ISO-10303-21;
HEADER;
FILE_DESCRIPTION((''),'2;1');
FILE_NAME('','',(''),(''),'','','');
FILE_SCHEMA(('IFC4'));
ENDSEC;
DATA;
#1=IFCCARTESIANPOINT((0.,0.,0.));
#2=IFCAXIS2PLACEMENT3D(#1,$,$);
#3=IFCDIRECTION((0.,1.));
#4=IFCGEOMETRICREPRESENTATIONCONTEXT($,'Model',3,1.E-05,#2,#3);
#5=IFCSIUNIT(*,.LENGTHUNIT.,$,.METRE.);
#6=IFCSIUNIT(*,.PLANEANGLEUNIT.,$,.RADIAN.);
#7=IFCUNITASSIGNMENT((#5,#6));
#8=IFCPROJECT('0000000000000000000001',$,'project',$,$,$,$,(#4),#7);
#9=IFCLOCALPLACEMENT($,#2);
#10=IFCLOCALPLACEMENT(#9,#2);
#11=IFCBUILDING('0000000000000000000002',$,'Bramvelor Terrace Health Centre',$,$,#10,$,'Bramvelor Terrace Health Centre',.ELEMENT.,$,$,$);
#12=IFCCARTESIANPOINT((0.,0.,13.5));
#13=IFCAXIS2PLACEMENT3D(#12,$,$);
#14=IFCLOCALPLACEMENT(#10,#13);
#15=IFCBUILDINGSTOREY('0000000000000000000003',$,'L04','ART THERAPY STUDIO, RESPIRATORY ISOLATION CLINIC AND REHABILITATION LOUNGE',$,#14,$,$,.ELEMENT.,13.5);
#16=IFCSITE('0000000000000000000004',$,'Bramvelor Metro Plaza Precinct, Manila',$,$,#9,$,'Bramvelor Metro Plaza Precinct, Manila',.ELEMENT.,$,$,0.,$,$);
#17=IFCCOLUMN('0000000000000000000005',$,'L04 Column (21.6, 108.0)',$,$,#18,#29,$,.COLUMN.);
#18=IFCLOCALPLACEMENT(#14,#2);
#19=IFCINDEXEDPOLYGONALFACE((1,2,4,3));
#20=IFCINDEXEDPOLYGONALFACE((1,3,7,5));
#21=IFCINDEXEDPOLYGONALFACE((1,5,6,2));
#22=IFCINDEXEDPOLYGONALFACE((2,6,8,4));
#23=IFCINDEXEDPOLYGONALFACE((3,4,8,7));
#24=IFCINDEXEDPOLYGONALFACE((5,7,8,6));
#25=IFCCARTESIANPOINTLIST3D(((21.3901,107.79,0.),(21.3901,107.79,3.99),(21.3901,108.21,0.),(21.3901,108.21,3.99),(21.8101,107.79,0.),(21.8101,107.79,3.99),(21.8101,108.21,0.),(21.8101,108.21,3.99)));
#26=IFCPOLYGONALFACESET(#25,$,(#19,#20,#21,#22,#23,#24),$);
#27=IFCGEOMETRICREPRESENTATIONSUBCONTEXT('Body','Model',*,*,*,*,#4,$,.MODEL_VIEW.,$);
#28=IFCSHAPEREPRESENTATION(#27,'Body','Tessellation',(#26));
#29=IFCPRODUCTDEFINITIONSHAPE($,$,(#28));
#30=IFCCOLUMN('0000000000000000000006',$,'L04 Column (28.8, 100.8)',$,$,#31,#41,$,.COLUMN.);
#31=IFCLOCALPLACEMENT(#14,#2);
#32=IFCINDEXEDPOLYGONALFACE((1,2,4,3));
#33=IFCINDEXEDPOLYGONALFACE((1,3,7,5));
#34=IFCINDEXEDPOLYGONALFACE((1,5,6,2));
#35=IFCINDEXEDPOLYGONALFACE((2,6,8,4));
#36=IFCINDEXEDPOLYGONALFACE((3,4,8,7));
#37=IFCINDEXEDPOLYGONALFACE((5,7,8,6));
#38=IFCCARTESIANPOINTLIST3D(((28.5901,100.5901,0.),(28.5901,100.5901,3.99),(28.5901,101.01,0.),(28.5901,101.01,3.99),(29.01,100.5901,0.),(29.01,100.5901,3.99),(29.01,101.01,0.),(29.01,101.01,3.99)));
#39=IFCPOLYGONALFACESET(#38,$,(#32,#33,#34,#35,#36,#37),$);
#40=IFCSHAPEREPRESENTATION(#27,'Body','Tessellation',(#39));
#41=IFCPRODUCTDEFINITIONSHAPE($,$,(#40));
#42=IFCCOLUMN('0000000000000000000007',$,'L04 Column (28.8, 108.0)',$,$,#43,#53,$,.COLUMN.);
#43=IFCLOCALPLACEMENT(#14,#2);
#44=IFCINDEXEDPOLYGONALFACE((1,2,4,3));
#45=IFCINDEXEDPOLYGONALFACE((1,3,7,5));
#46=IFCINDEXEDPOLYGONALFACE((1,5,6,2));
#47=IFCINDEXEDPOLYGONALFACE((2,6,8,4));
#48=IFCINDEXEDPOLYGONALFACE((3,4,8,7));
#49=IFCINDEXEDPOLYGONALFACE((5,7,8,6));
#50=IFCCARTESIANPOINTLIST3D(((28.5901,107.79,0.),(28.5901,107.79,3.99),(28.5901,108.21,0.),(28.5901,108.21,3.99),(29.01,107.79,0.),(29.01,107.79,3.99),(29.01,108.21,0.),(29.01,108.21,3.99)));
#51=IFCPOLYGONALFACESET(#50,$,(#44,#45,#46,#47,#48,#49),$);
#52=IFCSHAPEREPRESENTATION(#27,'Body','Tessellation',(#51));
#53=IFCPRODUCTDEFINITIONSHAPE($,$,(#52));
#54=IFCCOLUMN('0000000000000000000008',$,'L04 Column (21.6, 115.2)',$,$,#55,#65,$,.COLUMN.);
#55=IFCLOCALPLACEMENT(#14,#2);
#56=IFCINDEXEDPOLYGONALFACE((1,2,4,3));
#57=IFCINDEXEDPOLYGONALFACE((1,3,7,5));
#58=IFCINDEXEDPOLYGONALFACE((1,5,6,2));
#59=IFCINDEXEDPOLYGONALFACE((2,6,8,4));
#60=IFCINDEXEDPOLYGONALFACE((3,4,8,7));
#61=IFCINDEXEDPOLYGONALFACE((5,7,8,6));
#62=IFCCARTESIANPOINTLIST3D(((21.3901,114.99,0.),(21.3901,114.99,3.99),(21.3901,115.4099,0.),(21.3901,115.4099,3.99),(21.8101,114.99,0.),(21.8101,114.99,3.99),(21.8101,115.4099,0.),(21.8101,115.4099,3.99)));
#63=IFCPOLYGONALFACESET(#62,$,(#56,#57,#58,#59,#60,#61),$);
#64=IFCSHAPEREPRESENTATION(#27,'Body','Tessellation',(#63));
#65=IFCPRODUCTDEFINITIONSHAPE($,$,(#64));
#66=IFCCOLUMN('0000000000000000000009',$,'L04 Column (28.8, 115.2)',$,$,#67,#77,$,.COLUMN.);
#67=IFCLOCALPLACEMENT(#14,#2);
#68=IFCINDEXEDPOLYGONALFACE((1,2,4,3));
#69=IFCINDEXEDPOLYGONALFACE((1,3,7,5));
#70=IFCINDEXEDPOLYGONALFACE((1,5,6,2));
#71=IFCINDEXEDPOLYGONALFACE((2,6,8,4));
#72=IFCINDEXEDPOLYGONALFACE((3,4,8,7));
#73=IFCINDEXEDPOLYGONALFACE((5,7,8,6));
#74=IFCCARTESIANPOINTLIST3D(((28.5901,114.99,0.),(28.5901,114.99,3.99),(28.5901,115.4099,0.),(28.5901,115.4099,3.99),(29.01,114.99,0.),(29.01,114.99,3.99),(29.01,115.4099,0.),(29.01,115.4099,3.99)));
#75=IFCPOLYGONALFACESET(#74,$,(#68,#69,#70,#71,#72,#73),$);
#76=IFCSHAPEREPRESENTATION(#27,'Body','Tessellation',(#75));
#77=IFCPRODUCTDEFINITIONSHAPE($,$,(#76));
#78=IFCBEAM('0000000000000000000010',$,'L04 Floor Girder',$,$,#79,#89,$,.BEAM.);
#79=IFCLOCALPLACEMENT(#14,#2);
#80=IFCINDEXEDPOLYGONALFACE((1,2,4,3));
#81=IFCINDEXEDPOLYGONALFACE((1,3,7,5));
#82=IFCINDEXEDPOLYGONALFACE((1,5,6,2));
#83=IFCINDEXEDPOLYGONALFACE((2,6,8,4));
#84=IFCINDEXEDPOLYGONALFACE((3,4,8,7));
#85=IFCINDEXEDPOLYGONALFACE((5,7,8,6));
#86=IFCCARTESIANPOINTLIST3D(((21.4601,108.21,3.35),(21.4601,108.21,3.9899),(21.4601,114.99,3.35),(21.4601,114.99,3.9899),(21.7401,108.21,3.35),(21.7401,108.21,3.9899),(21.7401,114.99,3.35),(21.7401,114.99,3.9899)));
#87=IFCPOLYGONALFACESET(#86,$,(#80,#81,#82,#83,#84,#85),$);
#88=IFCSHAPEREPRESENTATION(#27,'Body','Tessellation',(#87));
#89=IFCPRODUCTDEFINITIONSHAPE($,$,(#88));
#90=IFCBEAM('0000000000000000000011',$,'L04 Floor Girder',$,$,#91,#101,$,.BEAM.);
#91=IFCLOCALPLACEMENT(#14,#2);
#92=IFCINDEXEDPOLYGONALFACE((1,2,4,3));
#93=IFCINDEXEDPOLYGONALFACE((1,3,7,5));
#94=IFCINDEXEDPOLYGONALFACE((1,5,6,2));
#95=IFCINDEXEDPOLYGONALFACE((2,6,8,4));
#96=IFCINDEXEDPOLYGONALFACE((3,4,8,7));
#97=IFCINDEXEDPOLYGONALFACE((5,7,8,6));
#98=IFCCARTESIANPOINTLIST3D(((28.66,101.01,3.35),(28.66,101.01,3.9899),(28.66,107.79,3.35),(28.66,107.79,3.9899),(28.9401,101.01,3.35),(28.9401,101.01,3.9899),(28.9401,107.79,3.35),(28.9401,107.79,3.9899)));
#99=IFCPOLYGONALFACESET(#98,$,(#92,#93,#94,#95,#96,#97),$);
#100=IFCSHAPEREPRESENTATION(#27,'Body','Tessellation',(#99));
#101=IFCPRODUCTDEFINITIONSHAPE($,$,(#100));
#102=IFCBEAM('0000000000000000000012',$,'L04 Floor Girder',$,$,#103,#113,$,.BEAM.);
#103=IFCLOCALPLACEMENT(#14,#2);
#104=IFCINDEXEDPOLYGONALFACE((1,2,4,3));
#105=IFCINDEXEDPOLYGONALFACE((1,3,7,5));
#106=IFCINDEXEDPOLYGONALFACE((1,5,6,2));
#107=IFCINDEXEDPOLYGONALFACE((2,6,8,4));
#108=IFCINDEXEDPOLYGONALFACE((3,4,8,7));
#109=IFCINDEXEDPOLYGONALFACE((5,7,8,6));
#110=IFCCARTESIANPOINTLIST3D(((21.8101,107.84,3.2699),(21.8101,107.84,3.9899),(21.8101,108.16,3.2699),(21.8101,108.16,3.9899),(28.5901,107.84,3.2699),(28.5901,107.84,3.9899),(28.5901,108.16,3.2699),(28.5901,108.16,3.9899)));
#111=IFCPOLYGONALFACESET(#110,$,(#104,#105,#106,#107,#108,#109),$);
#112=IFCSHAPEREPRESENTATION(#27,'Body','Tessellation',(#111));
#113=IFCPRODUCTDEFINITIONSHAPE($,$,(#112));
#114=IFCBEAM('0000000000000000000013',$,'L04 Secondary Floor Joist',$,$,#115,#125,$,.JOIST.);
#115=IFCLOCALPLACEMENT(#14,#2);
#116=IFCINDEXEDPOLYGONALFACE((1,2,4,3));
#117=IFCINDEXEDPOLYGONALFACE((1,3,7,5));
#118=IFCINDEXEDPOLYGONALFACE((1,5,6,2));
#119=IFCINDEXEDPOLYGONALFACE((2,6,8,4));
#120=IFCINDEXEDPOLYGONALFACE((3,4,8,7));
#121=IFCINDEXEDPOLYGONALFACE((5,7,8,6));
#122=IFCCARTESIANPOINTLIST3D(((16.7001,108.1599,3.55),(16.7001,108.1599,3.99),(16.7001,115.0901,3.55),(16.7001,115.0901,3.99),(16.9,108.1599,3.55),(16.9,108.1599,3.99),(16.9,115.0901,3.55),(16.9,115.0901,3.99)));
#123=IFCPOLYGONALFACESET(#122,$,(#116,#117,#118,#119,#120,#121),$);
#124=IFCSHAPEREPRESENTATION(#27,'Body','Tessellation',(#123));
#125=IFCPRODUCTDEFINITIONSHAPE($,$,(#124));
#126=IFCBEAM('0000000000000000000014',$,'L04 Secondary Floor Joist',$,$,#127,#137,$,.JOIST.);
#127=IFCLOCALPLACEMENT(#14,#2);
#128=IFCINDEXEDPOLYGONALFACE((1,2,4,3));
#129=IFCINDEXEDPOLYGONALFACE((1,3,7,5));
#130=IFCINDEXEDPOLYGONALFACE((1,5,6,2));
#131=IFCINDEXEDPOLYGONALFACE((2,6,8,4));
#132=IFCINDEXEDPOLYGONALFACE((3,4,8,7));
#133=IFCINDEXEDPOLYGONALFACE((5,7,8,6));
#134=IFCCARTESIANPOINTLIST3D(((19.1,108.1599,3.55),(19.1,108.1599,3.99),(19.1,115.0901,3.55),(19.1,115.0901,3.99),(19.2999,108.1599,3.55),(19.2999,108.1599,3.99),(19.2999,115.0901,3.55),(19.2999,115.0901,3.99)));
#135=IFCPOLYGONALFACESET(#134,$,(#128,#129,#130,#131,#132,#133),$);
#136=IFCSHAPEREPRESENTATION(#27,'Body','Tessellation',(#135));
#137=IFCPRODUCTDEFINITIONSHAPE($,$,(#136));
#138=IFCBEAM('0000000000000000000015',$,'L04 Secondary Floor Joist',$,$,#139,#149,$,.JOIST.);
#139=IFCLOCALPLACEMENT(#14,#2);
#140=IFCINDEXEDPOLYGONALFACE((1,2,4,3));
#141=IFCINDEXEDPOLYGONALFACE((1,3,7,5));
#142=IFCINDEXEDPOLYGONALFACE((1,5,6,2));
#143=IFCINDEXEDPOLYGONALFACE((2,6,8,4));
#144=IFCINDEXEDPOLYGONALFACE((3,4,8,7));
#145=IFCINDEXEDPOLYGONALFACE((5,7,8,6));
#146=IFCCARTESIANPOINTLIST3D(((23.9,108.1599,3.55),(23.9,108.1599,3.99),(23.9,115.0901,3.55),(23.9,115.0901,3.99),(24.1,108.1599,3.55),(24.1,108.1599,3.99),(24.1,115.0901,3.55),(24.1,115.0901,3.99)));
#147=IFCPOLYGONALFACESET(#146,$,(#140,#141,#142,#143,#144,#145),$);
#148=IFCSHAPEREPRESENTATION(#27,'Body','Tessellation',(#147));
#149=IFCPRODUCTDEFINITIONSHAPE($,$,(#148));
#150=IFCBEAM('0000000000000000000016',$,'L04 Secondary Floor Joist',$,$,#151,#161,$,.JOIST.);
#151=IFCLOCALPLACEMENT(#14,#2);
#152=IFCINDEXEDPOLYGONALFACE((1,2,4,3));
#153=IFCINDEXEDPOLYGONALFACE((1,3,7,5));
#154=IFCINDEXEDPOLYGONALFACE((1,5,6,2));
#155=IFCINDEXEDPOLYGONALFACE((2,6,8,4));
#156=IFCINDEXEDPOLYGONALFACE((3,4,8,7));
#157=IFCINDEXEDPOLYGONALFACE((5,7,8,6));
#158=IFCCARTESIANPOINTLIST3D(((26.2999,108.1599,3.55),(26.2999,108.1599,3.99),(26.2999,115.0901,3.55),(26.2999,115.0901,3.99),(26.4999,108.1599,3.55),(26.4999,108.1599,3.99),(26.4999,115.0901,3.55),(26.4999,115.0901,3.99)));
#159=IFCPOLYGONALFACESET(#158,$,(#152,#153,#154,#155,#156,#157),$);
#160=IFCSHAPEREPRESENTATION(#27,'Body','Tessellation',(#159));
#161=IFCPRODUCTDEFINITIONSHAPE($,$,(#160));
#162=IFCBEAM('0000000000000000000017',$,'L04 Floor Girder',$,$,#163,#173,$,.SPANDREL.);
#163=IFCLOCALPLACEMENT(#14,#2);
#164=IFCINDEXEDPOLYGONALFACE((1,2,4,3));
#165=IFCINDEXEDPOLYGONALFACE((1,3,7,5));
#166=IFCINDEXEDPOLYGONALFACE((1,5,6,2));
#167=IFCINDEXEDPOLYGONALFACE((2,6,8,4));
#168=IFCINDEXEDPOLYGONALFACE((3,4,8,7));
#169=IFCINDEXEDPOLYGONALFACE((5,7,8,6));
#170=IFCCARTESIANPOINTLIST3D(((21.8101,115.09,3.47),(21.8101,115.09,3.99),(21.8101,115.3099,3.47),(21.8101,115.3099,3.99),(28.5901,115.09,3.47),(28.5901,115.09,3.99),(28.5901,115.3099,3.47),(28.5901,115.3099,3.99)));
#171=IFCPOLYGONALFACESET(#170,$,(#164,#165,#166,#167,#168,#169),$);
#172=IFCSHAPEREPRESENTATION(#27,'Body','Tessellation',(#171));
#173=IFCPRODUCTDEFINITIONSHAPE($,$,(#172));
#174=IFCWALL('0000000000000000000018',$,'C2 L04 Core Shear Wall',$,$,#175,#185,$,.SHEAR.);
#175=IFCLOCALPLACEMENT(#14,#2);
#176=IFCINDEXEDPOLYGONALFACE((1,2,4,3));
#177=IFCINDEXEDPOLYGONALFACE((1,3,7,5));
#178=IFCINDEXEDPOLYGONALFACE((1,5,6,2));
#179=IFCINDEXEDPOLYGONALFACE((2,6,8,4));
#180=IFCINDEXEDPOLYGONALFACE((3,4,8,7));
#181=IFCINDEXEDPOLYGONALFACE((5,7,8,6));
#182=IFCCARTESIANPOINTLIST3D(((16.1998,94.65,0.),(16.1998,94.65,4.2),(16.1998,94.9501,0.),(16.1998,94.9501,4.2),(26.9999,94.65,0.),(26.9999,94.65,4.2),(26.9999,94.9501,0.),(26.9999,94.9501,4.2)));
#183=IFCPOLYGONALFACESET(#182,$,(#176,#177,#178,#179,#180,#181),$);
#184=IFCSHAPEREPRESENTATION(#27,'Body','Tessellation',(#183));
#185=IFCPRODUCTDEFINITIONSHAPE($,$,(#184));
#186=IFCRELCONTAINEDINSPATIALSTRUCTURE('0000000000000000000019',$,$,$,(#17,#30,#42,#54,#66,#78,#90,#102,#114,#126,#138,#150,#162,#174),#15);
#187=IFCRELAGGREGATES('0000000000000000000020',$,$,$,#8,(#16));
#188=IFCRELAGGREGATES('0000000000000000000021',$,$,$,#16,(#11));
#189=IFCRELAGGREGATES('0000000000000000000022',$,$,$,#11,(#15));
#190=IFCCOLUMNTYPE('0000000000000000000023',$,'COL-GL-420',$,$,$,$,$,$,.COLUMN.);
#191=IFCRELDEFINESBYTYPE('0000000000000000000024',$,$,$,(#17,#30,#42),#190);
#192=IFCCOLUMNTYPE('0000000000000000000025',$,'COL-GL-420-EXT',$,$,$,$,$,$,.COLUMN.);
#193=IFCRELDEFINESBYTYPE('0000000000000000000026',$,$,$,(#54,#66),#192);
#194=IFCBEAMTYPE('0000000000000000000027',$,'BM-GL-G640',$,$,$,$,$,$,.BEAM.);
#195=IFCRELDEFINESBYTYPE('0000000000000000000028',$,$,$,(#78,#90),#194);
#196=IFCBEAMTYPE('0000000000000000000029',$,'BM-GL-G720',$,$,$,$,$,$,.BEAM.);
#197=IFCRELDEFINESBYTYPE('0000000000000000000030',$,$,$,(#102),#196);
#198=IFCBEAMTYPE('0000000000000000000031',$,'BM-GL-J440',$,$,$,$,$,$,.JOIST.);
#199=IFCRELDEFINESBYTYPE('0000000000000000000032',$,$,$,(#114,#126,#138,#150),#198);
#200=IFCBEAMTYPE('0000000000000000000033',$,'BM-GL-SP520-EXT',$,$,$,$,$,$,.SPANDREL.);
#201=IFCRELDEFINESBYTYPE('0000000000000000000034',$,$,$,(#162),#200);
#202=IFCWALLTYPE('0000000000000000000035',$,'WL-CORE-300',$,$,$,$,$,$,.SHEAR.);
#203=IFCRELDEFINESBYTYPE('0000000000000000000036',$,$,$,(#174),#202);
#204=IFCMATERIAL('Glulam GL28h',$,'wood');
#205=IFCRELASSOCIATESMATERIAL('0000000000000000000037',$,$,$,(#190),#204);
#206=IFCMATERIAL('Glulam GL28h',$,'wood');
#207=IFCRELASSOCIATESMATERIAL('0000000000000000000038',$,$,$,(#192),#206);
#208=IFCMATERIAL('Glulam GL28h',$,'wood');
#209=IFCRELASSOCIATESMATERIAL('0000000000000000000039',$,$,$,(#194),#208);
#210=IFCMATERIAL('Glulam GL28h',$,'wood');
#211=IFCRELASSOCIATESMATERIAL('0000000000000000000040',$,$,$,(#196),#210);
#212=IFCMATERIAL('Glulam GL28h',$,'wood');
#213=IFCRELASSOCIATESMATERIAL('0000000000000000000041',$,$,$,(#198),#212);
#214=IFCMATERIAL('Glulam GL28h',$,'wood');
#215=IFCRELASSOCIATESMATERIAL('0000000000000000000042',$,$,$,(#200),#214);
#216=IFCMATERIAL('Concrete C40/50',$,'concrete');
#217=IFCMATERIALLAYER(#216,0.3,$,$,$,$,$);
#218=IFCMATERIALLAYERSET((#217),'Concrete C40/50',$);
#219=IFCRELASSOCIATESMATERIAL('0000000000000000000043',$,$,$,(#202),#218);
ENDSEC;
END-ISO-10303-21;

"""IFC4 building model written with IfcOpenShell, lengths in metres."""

from ifc_helpers import new_model, si_unit, direction, frame, frame_2d, origin, origin_2d, place, context, subcontext, project, spatial, rectangle, extrude, material, layer, layer_set, material_profile, profile_set, type_object, element, save


model = new_model("IFC4")

# Units and contexts
model_context = context("Model", 3, precision=1e-05, world=origin(), true_north=direction((0.0, 1.0)))
body_context = subcontext(model_context, "Body", "Model", "MODEL_VIEW")
ifc_project = project(units=[si_unit("LENGTHUNIT", "METRE"), si_unit("PLANEANGLEUNIT", "RADIAN")], contexts=[model_context])

# Site, building, storey
site_placement = place(None, origin())
site = spatial("IfcSite", under=ifc_project, at=site_placement, Name="Bramvelor Metro Plaza Precinct, Manila", LongName="Bramvelor Metro Plaza Precinct, Manila", CompositionType="ELEMENT", RefElevation=0.0)
building_placement = place(site_placement, origin())
building = spatial("IfcBuilding", under=site, at=building_placement, Name="Bramvelor Terrace Health Centre", LongName="Bramvelor Terrace Health Centre", CompositionType="ELEMENT")
storey_placement = place(building_placement, frame((0.0, 0.0, 13.5)))
storey = spatial("IfcBuildingStorey", under=building, at=storey_placement, Name="L04", Description="ART THERAPY STUDIO, RESPIRATORY ISOLATION CLINIC AND REHABILITATION LOUNGE", CompositionType="ELEMENT", Elevation=13.5)

# Columns
ifc_material_1 = material(Name="Glulam GL28h", Category="wood")
ifc_material_profile_1 = material_profile(ifc_material_1, rectangle(XDim=0.4199, YDim=0.4199, at=origin_2d()), Name="GL 420x420")
ifc_profile_set_1 = profile_set([ifc_material_profile_1], Name="Glulam GL28h")
column_type_1 = type_object("IfcColumnType", Name="COL-GL-420", PredefinedType="COLUMN", material=ifc_profile_set_1)
for number, where, z_axis, x_axis, name in (
    (1, (21.6001, 108.0, 0.0), (0.0, 0.0, 1.0), (1.0, 0.0, 0.0), "L04 Column (21.6, 108.0)"),
    (2, (28.8, 100.8, 0.0), (0.0, 0.0, 1.0), (1.0, 0.0, 0.0), "L04 Column (28.8, 100.8)"),
    (3, (28.8, 108.0, 0.0), (0.0, 0.0, 1.0), (1.0, 0.0, 0.0), "L04 Column (28.8, 108.0)"),
):
    element("IfcColumn", number, at=place(storey_placement, frame(where, z_axis=z_axis, x_axis=x_axis)), inside=storey, type_object=column_type_1, Name=name, PredefinedType="COLUMN", context=body_context, shape_type="SweptSolid", body=[
        extrude(rectangle(XDim=0.4199, YDim=0.4199, at=origin_2d()), origin(), (0.0, 0.0, 1.0), 3.99),
    ])
ifc_material_2 = material(Name="Glulam GL28h", Category="wood")
ifc_material_profile_2 = material_profile(ifc_material_2, rectangle(XDim=0.4199, YDim=0.4199, at=origin_2d()), Name="GL 420x420")
ifc_profile_set_2 = profile_set([ifc_material_profile_2], Name="Glulam GL28h")
column_type_2 = type_object("IfcColumnType", Name="COL-GL-420-EXT", PredefinedType="COLUMN", material=ifc_profile_set_2)
for number, where, z_axis, x_axis, name in (
    (4, (21.6001, 115.2, 0.0), (0.0, 0.0, 1.0), (1.0, 0.0, 0.0), "L04 Column (21.6, 115.2)"),
    (5, (28.8, 115.2, 0.0), (0.0, 0.0, 1.0), (1.0, 0.0, 0.0), "L04 Column (28.8, 115.2)"),
):
    element("IfcColumn", number, at=place(storey_placement, frame(where, z_axis=z_axis, x_axis=x_axis)), inside=storey, type_object=column_type_2, Name=name, PredefinedType="COLUMN", context=body_context, shape_type="SweptSolid", body=[
        extrude(rectangle(XDim=0.4199, YDim=0.4199, at=origin_2d()), origin(), (0.0, 0.0, 1.0), 3.99),
    ])

# Beams
ifc_material_3 = material(Name="Glulam GL28h", Category="wood")
ifc_material_profile_3 = material_profile(ifc_material_3, rectangle(XDim=0.28, YDim=0.6399, at=origin_2d()), Name="GL 280x640")
ifc_profile_set_3 = profile_set([ifc_material_profile_3], Name="Glulam GL28h")
beam_type_1 = type_object("IfcBeamType", Name="BM-GL-G640", PredefinedType="BEAM", material=ifc_profile_set_3)
for number, where, z_axis, x_axis, name in (
    (6, (21.6001, 108.21, 3.6699), (0.0, 1.0, 0.0), (-1.0, 0.0, 0.0), "L04 Floor Girder"),
    (7, (28.8, 101.01, 3.6699), (0.0, 1.0, 0.0), (-1.0, 0.0, 0.0), "L04 Floor Girder"),
):
    element("IfcBeam", number, at=place(storey_placement, frame(where, z_axis=z_axis, x_axis=x_axis)), inside=storey, type_object=beam_type_1, Name=name, PredefinedType="BEAM", context=body_context, shape_type="SweptSolid", body=[
        extrude(rectangle(XDim=0.28, YDim=0.6399, at=origin_2d()), origin(), (0.0, 0.0, 1.0), 6.78),
    ])
ifc_material_4 = material(Name="Glulam GL28h", Category="wood")
ifc_material_profile_4 = material_profile(ifc_material_4, rectangle(XDim=0.3201, YDim=0.72, at=origin_2d()), Name="GL 320x720")
ifc_profile_set_4 = profile_set([ifc_material_profile_4], Name="Glulam GL28h")
beam_type_2 = type_object("IfcBeamType", Name="BM-GL-G720", PredefinedType="BEAM", material=ifc_profile_set_4)
beam_1_placement = place(storey_placement, frame((21.8101, 108.0, 3.6299), z_axis=(1.0, 0.0, 0.0), x_axis=(0.0, 1.0, 0.0)))
element("IfcBeam", 8, at=beam_1_placement, inside=storey, type_object=beam_type_2, Name="L04 Floor Girder", PredefinedType="BEAM", context=body_context, shape_type="SweptSolid", body=[
    extrude(rectangle(XDim=0.3201, YDim=0.72, at=origin_2d()), origin(), (0.0, 0.0, 1.0), 6.78),
])
ifc_material_5 = material(Name="Glulam GL28h", Category="wood")
ifc_material_profile_5 = material_profile(ifc_material_5, rectangle(XDim=0.2, YDim=0.4399, at=origin_2d()), Name="GL 200x440")
ifc_profile_set_5 = profile_set([ifc_material_profile_5], Name="Glulam GL28h")
beam_type_3 = type_object("IfcBeamType", Name="BM-GL-J440", PredefinedType="JOIST", material=ifc_profile_set_5)
for number, where, z_axis, x_axis, name in (
    (9, (16.8, 108.1599, 3.77), (0.0, 1.0, 0.0), (-1.0, 0.0, 0.0), "L04 Secondary Floor Joist"),
    (10, (19.2, 108.1599, 3.77), (0.0, 1.0, 0.0), (-1.0, 0.0, 0.0), "L04 Secondary Floor Joist"),
    (11, (24.0, 108.1599, 3.77), (0.0, 1.0, 0.0), (-1.0, 0.0, 0.0), "L04 Secondary Floor Joist"),
    (12, (26.3999, 108.1599, 3.77), (0.0, 1.0, 0.0), (-1.0, 0.0, 0.0), "L04 Secondary Floor Joist"),
):
    element("IfcBeam", number, at=place(storey_placement, frame(where, z_axis=z_axis, x_axis=x_axis)), inside=storey, type_object=beam_type_3, Name=name, PredefinedType="JOIST", context=body_context, shape_type="SweptSolid", body=[
        extrude(rectangle(XDim=0.2, YDim=0.4399, at=origin_2d()), origin(), (0.0, 0.0, 1.0), 6.9302),
    ])
ifc_material_6 = material(Name="Glulam GL28h", Category="wood")
ifc_material_profile_6 = material_profile(ifc_material_6, rectangle(XDim=0.22, YDim=0.52, at=origin_2d()), Name="GL 220x520")
ifc_profile_set_6 = profile_set([ifc_material_profile_6], Name="Glulam GL28h")
beam_type_4 = type_object("IfcBeamType", Name="BM-GL-SP520-EXT", PredefinedType="SPANDREL", material=ifc_profile_set_6)
beam_2_placement = place(storey_placement, frame((21.8101, 115.2, 3.73), z_axis=(1.0, 0.0, 0.0), x_axis=(0.0, 1.0, 0.0)))
element("IfcBeam", 13, at=beam_2_placement, inside=storey, type_object=beam_type_4, Name="L04 Floor Girder", PredefinedType="SPANDREL", context=body_context, shape_type="SweptSolid", body=[
    extrude(rectangle(XDim=0.22, YDim=0.52, at=origin_2d()), origin(), (0.0, 0.0, 1.0), 6.78),
])

# Wall
ifc_material_7 = material(Name="Concrete C40/50", Category="concrete")
ifc_layer_1 = layer(ifc_material_7, 0.3)
ifc_layer_set_1 = layer_set([ifc_layer_1], Name="Concrete C40/50")
wall_type_1 = type_object("IfcWallType", Name="WL-CORE-300", PredefinedType="SHEAR", material=ifc_layer_set_1)
wall_1_placement = place(storey_placement, frame((16.2, 94.8, 0.0), z_axis=(0.0, 0.0, 1.0), x_axis=(1.0, 0.0, 0.0)))
element("IfcWall", 14, at=wall_1_placement, inside=storey, type_object=wall_type_1, Name="C2 L04 Core Shear Wall", PredefinedType="SHEAR", context=body_context, shape_type="SweptSolid", body=[
    extrude(rectangle(XDim=10.8, YDim=0.3, at=frame_2d((5.3999, 0.0))), origin(), (0.0, 0.0, 1.0), 4.2),
])

save(model, "model.ifc")
